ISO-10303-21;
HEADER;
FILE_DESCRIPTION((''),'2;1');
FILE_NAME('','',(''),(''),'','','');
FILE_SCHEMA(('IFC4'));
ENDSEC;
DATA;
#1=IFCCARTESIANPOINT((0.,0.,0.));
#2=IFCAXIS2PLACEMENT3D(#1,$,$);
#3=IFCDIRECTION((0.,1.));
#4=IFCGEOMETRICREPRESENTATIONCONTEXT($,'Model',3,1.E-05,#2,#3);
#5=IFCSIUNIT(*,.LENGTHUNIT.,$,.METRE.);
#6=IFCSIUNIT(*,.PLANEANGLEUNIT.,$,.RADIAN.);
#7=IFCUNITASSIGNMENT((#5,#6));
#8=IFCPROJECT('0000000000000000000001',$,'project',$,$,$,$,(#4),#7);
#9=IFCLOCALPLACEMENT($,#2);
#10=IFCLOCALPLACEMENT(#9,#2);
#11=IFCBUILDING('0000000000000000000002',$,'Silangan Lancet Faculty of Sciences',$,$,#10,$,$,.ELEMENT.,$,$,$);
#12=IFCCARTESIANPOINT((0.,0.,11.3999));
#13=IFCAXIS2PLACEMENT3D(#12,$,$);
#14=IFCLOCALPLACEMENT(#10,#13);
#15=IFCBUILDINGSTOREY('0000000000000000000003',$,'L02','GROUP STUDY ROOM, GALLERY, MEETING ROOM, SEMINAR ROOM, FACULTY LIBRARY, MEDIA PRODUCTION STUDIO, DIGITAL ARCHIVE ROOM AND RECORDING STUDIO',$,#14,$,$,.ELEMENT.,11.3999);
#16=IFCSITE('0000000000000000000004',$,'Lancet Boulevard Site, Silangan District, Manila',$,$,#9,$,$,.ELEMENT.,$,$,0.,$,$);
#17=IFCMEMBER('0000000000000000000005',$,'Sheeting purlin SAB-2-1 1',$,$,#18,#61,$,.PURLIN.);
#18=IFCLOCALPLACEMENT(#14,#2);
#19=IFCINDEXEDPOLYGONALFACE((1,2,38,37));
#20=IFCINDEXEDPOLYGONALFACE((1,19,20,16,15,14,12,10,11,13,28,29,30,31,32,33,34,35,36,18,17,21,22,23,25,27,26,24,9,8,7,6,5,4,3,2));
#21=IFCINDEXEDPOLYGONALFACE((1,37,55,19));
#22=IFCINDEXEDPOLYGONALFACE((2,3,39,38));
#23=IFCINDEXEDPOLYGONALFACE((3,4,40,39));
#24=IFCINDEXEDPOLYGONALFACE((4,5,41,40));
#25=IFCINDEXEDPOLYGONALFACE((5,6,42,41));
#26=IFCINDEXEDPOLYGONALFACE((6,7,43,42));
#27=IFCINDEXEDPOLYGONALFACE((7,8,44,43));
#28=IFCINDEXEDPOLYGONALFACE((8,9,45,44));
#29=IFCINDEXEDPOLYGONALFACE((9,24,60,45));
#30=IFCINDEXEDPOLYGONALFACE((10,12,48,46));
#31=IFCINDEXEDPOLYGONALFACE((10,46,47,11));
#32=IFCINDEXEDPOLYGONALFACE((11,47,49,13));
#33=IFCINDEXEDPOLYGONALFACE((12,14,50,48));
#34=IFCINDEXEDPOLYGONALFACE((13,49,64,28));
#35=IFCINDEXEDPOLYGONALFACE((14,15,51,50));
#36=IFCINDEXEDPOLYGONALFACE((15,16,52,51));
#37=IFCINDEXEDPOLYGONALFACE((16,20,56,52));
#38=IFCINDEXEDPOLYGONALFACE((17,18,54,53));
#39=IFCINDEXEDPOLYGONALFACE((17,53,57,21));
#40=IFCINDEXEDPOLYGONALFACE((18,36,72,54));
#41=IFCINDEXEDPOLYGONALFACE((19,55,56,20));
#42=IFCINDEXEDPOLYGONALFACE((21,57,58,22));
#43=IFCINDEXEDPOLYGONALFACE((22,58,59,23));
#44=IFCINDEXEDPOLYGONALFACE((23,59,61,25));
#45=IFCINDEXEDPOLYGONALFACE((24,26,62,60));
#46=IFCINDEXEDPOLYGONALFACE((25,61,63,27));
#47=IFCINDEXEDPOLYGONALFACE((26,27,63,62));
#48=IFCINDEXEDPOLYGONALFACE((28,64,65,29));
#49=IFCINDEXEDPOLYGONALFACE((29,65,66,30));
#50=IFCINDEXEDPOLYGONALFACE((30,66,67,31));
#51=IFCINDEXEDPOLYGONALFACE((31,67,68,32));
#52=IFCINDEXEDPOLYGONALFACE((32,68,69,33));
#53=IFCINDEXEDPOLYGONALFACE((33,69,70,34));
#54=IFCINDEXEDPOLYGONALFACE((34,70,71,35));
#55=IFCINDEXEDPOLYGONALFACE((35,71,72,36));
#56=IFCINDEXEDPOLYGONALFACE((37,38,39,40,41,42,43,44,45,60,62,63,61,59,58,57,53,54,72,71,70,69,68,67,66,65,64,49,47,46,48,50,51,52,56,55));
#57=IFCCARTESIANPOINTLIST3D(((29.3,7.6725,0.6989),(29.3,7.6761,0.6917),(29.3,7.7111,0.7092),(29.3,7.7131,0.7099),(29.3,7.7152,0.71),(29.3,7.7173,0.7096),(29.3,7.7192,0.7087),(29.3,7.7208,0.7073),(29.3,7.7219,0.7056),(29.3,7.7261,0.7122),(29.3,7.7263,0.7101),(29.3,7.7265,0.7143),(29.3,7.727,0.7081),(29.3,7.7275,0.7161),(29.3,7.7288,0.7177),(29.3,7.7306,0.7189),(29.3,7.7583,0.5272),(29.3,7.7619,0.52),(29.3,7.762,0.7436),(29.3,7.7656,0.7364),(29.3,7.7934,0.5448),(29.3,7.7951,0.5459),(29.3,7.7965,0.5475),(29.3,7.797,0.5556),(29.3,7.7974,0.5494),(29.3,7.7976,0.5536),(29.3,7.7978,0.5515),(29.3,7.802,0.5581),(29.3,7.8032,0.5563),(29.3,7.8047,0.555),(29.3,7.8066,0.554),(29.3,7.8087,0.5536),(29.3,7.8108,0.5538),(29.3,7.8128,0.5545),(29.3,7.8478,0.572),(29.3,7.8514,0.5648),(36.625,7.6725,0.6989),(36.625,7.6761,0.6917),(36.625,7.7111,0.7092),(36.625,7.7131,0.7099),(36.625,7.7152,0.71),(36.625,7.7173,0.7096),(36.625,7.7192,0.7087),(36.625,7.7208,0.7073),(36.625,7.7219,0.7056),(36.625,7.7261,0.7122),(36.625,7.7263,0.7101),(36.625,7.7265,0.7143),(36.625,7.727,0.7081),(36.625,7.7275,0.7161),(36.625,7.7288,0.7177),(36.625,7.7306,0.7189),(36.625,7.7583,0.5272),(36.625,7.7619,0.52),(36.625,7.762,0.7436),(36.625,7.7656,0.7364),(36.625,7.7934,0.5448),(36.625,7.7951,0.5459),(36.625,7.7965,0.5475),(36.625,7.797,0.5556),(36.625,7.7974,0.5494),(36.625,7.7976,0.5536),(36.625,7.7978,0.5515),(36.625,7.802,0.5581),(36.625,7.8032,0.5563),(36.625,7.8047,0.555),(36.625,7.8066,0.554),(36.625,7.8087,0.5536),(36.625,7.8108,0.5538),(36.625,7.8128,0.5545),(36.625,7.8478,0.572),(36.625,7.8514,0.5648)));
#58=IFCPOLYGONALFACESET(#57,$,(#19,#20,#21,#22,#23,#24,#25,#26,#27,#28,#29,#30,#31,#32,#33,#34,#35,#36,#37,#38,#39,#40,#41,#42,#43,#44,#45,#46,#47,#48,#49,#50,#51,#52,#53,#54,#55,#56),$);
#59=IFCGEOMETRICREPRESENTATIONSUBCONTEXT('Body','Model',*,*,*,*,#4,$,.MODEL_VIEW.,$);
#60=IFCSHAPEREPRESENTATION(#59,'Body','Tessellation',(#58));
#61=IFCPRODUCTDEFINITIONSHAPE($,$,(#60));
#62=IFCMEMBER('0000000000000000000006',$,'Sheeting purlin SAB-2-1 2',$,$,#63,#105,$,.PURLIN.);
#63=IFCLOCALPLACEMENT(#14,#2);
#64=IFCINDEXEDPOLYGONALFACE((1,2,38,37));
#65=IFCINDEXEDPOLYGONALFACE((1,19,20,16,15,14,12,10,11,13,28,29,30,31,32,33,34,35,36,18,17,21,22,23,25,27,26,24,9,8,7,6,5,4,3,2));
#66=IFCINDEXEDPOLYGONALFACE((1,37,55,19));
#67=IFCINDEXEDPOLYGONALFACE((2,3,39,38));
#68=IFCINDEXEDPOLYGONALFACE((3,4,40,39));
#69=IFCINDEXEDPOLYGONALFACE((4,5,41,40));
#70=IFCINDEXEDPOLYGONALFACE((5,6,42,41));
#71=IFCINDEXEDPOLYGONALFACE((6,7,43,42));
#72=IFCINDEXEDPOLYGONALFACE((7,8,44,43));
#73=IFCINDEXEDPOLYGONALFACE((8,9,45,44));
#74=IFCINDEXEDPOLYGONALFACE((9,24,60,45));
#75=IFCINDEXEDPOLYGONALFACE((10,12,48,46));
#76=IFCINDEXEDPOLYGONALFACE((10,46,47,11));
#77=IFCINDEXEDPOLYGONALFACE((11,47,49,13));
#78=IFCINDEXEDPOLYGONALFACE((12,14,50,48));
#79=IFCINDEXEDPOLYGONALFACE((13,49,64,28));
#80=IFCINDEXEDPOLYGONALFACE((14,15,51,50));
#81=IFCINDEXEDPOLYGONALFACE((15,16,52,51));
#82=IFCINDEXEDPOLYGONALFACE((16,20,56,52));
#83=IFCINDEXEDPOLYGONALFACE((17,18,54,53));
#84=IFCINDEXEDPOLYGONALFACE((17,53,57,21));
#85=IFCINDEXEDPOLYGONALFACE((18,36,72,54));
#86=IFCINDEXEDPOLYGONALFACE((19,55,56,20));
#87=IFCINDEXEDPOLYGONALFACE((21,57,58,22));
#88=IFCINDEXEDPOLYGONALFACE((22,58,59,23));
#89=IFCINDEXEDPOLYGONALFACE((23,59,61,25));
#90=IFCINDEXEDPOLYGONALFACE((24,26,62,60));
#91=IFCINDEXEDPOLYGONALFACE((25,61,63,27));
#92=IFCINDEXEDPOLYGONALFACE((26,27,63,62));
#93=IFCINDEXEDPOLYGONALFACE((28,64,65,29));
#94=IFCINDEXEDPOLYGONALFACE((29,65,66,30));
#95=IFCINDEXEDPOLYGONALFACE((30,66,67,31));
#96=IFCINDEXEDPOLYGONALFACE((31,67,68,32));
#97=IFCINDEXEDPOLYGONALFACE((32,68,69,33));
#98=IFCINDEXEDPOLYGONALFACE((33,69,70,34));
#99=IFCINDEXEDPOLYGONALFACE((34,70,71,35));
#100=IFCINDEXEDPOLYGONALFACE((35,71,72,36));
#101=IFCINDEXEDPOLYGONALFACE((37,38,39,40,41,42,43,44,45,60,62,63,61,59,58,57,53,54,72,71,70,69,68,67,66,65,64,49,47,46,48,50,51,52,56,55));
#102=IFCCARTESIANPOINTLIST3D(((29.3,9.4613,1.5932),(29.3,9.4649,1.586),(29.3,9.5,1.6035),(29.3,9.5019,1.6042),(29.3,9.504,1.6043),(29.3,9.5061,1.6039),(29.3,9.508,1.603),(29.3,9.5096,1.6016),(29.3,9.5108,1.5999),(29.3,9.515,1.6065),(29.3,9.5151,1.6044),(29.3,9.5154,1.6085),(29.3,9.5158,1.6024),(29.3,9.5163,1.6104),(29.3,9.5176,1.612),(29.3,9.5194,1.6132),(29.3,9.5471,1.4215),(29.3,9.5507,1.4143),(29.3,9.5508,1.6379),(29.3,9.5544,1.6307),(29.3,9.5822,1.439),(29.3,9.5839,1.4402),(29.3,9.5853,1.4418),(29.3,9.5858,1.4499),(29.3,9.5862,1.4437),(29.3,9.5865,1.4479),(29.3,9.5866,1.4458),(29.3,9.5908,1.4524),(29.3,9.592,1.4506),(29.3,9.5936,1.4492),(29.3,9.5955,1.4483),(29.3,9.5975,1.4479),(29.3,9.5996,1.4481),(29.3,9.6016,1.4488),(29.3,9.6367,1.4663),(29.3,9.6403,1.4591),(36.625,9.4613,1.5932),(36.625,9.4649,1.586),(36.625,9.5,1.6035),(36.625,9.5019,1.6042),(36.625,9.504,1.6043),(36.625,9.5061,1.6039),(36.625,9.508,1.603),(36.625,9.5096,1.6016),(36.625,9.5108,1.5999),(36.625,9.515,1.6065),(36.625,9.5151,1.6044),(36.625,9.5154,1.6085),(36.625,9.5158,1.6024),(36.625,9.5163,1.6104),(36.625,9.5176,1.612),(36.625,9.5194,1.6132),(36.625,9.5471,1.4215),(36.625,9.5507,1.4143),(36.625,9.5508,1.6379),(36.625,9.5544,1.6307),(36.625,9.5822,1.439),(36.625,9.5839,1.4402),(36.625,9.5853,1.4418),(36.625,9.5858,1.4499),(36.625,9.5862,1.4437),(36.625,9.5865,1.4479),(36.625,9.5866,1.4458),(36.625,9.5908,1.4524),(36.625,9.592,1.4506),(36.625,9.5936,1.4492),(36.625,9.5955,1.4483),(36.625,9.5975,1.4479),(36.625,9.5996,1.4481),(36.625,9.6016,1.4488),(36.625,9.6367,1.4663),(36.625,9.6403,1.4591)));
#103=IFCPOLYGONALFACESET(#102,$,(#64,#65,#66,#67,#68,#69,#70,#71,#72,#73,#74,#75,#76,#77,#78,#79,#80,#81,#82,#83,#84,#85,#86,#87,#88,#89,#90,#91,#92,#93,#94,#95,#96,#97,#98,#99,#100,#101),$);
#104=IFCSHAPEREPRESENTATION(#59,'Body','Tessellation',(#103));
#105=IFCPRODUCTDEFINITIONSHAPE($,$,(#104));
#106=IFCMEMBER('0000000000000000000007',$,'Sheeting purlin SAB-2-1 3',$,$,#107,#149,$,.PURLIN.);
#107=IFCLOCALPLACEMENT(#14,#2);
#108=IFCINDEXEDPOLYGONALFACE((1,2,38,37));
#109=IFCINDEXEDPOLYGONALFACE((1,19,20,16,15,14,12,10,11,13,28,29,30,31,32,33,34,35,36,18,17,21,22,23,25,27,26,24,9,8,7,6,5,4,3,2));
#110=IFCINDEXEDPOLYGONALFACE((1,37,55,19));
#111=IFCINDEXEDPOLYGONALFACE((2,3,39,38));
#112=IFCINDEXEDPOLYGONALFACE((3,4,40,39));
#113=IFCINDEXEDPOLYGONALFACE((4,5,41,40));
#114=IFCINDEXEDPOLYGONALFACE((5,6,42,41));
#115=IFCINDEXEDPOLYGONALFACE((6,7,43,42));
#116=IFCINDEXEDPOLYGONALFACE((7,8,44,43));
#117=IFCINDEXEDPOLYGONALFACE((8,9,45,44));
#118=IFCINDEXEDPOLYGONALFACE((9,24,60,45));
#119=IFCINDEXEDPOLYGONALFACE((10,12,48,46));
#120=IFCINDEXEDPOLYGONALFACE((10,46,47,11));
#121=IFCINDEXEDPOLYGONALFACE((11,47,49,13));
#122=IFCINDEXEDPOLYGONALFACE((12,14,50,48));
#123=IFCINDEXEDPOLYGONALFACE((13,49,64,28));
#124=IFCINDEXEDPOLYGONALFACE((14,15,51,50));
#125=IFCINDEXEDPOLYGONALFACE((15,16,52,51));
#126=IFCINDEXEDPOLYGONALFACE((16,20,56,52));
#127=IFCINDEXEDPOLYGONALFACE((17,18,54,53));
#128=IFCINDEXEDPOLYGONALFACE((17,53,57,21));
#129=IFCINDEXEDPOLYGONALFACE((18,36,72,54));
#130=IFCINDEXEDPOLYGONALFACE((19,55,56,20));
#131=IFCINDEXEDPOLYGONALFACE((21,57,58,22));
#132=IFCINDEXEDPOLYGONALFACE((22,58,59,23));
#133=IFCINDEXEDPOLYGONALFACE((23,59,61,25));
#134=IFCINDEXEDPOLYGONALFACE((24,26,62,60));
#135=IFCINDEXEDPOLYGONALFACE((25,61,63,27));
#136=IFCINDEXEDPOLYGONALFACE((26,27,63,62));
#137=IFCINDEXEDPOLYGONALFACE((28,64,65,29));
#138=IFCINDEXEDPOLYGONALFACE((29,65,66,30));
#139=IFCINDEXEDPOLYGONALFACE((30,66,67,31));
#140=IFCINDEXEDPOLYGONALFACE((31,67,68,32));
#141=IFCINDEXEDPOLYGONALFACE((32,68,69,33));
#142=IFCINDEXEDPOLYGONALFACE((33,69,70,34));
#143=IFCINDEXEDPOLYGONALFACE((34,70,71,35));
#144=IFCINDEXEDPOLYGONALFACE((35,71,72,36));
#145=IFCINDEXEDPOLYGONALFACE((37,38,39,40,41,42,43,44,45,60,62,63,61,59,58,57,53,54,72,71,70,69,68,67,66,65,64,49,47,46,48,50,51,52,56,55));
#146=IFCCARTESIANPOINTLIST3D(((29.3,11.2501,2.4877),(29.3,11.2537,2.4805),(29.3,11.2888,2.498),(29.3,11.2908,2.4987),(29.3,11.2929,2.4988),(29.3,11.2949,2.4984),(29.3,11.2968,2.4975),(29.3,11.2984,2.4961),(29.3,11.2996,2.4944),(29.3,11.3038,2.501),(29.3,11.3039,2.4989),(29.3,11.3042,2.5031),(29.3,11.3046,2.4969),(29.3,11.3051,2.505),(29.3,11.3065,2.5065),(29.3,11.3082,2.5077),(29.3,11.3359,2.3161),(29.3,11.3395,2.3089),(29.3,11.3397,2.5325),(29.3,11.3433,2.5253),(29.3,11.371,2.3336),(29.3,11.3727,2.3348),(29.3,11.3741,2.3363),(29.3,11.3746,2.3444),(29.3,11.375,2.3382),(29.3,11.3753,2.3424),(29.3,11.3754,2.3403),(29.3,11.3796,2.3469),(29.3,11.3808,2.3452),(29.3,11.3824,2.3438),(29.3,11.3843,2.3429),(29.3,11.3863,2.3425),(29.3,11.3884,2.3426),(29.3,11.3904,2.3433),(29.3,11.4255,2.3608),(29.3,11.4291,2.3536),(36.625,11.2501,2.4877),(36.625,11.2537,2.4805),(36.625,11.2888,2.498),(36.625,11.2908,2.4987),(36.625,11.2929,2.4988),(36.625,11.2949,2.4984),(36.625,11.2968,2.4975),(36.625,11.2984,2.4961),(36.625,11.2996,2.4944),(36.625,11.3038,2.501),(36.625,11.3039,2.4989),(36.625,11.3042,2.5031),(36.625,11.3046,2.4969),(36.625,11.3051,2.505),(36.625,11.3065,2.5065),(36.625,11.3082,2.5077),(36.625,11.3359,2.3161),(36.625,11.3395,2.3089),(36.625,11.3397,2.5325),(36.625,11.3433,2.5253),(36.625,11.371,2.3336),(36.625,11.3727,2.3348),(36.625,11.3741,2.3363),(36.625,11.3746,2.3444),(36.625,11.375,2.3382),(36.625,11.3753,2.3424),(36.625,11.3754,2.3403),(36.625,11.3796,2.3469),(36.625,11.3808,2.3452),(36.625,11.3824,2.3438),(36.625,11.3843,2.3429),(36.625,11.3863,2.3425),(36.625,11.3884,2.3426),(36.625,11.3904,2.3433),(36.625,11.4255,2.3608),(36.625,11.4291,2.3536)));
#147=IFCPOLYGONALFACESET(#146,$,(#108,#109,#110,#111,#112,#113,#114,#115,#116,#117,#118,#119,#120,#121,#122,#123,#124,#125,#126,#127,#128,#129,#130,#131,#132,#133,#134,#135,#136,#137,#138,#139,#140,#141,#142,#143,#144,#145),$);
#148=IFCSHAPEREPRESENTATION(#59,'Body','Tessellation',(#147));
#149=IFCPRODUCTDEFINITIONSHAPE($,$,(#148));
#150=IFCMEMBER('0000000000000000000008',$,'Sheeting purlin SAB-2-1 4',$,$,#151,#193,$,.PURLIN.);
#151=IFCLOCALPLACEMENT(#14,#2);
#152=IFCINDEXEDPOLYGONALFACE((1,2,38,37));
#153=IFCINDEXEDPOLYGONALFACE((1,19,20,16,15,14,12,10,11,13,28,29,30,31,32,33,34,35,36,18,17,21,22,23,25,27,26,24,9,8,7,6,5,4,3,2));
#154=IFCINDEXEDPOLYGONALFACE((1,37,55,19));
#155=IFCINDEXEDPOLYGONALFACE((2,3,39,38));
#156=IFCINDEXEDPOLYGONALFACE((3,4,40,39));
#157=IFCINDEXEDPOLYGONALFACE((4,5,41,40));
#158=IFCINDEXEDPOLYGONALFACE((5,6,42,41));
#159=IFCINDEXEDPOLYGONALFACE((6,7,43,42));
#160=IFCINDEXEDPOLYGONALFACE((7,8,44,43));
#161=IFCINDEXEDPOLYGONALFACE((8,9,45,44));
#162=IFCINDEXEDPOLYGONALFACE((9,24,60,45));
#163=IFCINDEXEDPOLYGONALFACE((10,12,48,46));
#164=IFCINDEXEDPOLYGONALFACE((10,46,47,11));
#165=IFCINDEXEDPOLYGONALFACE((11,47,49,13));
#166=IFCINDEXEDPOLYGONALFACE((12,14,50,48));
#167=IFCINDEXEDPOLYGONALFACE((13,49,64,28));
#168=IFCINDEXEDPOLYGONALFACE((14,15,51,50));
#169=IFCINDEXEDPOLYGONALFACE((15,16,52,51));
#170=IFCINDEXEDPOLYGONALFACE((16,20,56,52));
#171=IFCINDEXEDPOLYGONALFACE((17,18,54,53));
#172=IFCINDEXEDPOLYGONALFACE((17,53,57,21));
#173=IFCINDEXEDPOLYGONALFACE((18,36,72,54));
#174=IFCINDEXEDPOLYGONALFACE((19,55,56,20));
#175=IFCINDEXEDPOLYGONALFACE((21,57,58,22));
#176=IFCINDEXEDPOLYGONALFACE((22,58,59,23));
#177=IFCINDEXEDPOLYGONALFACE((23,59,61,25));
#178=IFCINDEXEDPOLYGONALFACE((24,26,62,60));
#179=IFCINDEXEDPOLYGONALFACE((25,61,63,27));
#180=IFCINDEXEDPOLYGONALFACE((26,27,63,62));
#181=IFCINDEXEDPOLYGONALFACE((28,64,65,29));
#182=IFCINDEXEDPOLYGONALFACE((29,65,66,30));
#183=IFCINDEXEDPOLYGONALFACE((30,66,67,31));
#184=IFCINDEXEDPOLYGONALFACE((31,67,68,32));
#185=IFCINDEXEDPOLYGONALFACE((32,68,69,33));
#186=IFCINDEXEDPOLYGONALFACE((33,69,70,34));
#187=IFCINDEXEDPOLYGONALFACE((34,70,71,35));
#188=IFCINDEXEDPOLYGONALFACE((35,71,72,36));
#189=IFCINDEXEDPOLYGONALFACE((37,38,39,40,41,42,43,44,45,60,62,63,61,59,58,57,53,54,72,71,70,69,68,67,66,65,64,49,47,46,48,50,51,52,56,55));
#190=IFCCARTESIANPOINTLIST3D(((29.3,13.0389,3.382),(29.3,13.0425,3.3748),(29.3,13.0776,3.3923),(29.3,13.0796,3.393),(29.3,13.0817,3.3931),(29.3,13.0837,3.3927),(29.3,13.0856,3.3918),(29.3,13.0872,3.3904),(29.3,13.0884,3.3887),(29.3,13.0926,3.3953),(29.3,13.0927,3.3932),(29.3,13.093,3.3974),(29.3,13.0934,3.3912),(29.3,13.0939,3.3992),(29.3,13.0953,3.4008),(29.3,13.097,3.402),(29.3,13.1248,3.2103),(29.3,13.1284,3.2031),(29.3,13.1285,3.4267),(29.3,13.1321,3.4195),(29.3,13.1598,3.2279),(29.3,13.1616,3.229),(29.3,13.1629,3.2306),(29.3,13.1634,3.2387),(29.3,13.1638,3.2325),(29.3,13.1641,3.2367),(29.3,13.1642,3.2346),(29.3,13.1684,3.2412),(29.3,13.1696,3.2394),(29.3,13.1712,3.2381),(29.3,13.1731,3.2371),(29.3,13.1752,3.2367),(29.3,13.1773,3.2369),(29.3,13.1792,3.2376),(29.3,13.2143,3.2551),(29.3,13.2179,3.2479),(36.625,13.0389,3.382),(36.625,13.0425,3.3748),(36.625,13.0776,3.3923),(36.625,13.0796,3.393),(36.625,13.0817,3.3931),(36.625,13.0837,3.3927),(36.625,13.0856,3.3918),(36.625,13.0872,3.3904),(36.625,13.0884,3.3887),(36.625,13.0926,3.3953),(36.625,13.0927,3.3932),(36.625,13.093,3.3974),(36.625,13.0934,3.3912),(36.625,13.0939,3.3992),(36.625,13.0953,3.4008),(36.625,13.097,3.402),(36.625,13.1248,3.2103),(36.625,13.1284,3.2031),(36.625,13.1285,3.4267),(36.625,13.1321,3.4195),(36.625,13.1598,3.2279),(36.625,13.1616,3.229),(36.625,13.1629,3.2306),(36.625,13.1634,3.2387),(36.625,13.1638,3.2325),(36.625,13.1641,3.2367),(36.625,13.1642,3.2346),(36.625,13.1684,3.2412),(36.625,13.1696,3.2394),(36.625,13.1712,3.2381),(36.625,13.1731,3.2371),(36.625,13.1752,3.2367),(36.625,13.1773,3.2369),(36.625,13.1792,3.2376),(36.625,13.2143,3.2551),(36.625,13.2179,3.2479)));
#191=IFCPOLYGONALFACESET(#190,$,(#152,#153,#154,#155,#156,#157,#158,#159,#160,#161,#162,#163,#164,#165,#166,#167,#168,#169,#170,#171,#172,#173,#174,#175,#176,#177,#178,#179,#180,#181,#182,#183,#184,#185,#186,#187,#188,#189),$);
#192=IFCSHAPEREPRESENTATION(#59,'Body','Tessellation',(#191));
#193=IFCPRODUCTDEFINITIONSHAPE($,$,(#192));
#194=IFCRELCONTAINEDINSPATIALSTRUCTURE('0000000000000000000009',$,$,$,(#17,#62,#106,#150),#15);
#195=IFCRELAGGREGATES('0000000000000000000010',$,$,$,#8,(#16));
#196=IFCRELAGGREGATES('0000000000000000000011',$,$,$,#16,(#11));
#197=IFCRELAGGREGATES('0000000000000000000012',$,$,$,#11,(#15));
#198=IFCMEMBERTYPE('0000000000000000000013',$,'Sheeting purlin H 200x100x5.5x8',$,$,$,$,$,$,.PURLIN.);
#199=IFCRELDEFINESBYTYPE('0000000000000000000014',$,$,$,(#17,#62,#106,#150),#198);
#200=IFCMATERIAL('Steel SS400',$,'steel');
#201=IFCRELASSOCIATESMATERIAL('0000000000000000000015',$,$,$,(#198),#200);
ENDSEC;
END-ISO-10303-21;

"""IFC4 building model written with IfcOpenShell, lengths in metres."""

from ifc_helpers import new_model, si_unit, direction, frame, origin, origin_2d, place, context, subcontext, project, spatial, i_section, extrude, material, material_profile, profile_set, type_object, element, save


model = new_model("IFC4")

# Units and contexts
model_context = context("Model", 3, precision=1e-05, world=origin(), true_north=direction((0.0, 1.0)))
body_context = subcontext(model_context, "Body", "Model", "MODEL_VIEW")
ifc_project = project(units=[si_unit("LENGTHUNIT", "METRE"), si_unit("PLANEANGLEUNIT", "RADIAN")], contexts=[model_context])

# Site, building, storey
site_placement = place(None, origin())
site = spatial("IfcSite", under=ifc_project, at=site_placement, Name="Lancet Boulevard Site, Silangan District, Manila", CompositionType="ELEMENT", RefElevation=0.0)
building_placement = place(site_placement, origin())
building = spatial("IfcBuilding", under=site, at=building_placement, Name="Silangan Lancet Faculty of Sciences", CompositionType="ELEMENT")
storey_placement = place(building_placement, frame((0.0, 0.0, 11.3999)))
storey = spatial("IfcBuildingStorey", under=building, at=storey_placement, Name="L02", Description="GROUP STUDY ROOM, GALLERY, MEETING ROOM, SEMINAR ROOM, FACULTY LIBRARY, MEDIA PRODUCTION STUDIO, DIGITAL ARCHIVE ROOM AND RECORDING STUDIO", CompositionType="ELEMENT", Elevation=11.3999)

# Members
ifc_material_1 = material(Name="Steel SS400", Category="steel")
ifc_material_profile_1 = material_profile(ifc_material_1, i_section(OverallWidth=0.1001, OverallDepth=0.2, WebThickness=0.0056, FlangeThickness=0.0081, FilletRadius=0.0081, at=origin_2d()), Name="H 200x100x5.5x8")
ifc_profile_set_1 = profile_set([ifc_material_profile_1], Name="Steel SS400")
member_type_1 = type_object("IfcMemberType", Name="Sheeting purlin H 200x100x5.5x8", PredefinedType="PURLIN", material=ifc_profile_set_1)
for number, where, z_axis, x_axis, name in (
    (1, (29.3, 7.762, 0.6318), (1.0, 0.0, 0.0), (0.0, 0.894427, 0.447214), "Sheeting purlin SAB-2-1 1"),
    (2, (29.3, 9.5508, 1.5261), (1.0, 0.0, 0.0), (0.0, 0.894427, 0.447214), "Sheeting purlin SAB-2-1 2"),
    (3, (29.3, 11.3396, 2.4207), (1.0, 0.0, 0.0), (0.0, 0.894427, 0.447214), "Sheeting purlin SAB-2-1 3"),
    (4, (29.3, 13.1284, 3.3149), (1.0, 0.0, 0.0), (0.0, 0.894427, 0.447214), "Sheeting purlin SAB-2-1 4"),
):
    element("IfcMember", number, at=place(storey_placement, frame(where, z_axis=z_axis, x_axis=x_axis)), inside=storey, type_object=member_type_1, Name=name, PredefinedType="PURLIN", context=body_context, shape_type="SweptSolid", body=[
        extrude(i_section(OverallWidth=0.1001, OverallDepth=0.2, WebThickness=0.0056, FlangeThickness=0.0081, FilletRadius=0.0081, at=origin_2d()), origin(), (0.0, 0.0, 1.0), 7.325),
    ])

save(model, "model.ifc")
